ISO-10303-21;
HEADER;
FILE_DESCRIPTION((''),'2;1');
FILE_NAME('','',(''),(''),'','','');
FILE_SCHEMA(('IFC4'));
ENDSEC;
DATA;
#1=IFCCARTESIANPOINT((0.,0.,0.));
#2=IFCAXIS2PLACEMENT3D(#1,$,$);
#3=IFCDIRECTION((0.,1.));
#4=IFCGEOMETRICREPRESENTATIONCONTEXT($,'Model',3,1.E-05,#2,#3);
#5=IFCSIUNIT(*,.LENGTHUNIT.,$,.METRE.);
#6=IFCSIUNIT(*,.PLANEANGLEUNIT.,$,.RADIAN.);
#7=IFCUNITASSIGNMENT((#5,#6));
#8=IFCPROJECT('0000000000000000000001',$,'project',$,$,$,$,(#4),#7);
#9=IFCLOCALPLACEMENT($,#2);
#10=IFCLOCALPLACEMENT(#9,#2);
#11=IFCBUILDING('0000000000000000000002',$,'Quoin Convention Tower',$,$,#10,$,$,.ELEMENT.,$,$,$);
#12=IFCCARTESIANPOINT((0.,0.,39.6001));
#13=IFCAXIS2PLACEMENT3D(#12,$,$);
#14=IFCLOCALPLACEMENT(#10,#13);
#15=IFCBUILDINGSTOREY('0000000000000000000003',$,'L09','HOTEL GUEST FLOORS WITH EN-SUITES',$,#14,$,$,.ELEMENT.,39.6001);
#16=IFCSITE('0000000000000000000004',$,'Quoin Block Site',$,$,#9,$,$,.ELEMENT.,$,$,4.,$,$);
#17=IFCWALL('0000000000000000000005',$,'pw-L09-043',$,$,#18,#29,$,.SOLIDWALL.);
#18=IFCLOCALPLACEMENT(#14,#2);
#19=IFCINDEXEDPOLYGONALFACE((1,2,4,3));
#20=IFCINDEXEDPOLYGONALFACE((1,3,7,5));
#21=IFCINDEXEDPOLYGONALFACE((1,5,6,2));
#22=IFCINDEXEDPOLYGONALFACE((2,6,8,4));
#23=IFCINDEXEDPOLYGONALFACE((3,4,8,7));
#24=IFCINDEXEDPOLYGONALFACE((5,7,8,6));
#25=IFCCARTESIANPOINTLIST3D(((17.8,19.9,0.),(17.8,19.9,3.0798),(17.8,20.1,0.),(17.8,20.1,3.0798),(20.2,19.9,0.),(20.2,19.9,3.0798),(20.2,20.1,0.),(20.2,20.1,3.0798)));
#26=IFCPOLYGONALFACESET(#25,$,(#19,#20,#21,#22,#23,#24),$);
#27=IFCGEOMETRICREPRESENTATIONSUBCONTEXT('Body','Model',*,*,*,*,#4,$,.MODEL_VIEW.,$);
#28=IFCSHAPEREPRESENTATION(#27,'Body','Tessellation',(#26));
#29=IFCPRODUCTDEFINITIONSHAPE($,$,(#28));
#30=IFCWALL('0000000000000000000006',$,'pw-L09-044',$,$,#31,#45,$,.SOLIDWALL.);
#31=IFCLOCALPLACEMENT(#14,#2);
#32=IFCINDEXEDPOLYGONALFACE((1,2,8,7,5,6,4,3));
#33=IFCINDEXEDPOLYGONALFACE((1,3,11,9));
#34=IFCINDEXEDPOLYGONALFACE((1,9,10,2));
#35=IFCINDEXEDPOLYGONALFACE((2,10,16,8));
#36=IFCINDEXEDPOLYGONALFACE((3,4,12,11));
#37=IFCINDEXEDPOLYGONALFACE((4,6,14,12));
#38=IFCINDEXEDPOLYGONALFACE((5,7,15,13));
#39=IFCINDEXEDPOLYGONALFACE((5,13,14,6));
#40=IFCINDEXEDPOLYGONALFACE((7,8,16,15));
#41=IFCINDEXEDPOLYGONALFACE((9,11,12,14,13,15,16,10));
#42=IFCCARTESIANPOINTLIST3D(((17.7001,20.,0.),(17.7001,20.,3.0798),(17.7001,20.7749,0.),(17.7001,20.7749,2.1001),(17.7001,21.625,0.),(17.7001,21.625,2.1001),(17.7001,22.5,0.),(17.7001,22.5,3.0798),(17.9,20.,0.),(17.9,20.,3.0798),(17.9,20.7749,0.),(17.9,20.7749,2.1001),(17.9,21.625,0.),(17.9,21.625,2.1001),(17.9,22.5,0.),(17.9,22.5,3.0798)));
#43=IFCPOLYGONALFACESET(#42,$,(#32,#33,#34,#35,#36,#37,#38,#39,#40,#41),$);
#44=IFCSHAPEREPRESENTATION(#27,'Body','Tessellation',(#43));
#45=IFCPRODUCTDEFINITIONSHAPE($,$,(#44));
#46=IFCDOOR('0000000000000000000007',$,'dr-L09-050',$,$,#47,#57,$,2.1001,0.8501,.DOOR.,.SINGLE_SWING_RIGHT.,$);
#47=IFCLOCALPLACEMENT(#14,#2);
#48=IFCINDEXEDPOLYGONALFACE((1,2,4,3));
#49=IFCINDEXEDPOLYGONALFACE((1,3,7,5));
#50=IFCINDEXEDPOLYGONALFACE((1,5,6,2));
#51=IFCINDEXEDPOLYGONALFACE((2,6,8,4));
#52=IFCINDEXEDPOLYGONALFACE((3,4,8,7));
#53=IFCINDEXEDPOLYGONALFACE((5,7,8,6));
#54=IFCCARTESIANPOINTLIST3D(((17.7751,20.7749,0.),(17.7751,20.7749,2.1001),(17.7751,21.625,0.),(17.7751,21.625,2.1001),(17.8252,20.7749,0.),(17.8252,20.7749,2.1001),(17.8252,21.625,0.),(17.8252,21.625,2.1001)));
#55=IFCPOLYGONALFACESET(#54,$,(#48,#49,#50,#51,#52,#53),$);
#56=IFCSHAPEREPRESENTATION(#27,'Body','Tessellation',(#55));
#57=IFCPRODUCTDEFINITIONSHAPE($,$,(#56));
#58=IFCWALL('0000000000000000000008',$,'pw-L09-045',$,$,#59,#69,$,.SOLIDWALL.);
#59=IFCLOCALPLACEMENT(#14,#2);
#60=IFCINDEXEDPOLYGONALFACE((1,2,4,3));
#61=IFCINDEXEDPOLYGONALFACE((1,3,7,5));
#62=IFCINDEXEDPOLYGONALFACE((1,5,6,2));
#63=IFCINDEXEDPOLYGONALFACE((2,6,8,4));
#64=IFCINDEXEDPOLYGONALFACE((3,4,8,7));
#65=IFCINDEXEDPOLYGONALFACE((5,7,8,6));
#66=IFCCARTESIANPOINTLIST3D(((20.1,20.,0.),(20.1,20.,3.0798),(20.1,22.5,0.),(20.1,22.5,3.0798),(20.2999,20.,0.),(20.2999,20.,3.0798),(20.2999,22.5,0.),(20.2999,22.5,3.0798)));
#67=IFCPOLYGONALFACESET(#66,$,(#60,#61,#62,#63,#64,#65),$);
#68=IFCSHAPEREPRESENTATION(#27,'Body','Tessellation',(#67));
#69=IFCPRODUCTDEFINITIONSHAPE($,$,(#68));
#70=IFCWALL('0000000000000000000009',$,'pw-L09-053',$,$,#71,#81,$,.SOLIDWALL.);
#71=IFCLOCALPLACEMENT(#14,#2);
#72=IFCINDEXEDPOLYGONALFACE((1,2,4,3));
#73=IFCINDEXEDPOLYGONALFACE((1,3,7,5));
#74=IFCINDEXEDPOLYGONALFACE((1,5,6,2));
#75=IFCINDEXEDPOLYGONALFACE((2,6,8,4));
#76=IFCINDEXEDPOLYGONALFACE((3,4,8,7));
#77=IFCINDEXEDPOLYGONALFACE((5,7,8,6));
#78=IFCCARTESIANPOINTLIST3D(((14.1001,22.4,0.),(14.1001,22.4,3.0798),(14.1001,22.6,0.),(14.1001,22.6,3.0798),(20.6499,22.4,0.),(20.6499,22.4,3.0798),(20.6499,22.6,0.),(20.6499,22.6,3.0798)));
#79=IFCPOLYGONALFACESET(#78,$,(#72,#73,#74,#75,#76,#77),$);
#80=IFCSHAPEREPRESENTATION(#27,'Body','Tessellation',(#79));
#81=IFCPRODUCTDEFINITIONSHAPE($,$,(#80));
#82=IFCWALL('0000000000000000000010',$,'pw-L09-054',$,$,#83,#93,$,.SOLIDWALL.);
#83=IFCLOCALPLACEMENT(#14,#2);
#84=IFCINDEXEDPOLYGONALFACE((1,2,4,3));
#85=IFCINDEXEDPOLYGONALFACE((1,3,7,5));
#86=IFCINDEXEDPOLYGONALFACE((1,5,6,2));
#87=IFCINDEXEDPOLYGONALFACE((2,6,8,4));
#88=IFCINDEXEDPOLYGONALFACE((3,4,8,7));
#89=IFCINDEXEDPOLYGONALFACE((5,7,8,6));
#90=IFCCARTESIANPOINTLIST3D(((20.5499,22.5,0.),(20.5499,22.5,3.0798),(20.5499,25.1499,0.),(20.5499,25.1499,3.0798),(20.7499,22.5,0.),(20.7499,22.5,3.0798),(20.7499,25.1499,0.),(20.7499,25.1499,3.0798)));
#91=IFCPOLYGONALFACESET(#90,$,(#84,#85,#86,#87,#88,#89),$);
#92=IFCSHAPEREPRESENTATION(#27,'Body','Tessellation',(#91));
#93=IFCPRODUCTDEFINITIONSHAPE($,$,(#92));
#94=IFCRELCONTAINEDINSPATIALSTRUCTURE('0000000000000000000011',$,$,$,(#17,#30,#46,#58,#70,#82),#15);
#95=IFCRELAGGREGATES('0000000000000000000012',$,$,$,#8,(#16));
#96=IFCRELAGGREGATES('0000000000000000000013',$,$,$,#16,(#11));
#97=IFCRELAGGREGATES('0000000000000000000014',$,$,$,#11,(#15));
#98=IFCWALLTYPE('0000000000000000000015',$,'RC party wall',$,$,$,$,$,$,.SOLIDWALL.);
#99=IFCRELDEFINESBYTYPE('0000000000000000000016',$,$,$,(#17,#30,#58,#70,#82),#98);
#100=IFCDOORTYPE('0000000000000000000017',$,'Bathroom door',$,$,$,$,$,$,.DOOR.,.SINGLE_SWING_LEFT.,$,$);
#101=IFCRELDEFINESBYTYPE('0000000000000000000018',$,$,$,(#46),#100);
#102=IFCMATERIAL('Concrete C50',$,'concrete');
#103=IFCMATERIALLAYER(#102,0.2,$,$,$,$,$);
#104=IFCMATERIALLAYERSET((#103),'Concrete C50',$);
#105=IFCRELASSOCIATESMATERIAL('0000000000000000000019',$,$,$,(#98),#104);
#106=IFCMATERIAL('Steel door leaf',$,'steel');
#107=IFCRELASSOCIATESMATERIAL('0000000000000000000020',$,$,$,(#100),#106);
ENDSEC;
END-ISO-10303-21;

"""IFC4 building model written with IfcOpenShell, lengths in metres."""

from ifc_helpers import new_model, si_unit, direction, frame, frame_2d, origin, place, context, subcontext, project, spatial, rectangle, extrude, material, layer, layer_set, type_object, element, fill, save


model = new_model("IFC4")

# Units and contexts
model_context = context("Model", 3, precision=1e-05, world=origin(), true_north=direction((0.0, 1.0)))
body_context = subcontext(model_context, "Body", "Model", "MODEL_VIEW")
ifc_project = project(units=[si_unit("LENGTHUNIT", "METRE"), si_unit("PLANEANGLEUNIT", "RADIAN")], contexts=[model_context])

# Site, building, storey
site_placement = place(None, origin())
site = spatial("IfcSite", under=ifc_project, at=site_placement, Name="Quoin Block Site", CompositionType="ELEMENT", RefElevation=4.0)
building_placement = place(site_placement, origin())
building = spatial("IfcBuilding", under=site, at=building_placement, Name="Quoin Convention Tower", CompositionType="ELEMENT")
storey_placement = place(building_placement, frame((0.0, 0.0, 39.6001)))
storey = spatial("IfcBuildingStorey", under=building, at=storey_placement, Name="L09", Description="HOTEL GUEST FLOORS WITH EN-SUITES", CompositionType="ELEMENT", Elevation=39.6001)

# Wall
ifc_material_1 = material(Name="Concrete C50", Category="concrete")
ifc_layer_1 = layer(ifc_material_1, 0.2)
ifc_layer_set_1 = layer_set([ifc_layer_1], Name="Concrete C50")
wall_type_1 = type_object("IfcWallType", Name="RC party wall", PredefinedType="SOLIDWALL", material=ifc_layer_set_1)
wall_1_placement = place(storey_placement, frame((17.8, 20.0, 0.0), z_axis=(0.0, 0.0, 1.0), x_axis=(1.0, 0.0, 0.0)))
element("IfcWall", 1, at=wall_1_placement, inside=storey, type_object=wall_type_1, Name="pw-L09-043", PredefinedType="SOLIDWALL", context=body_context, shape_type="SweptSolid", body=[
    extrude(rectangle(XDim=2.3999, YDim=0.2, at=frame_2d((1.2, 0.0))), origin(), (0.0, 0.0, 1.0), 3.0798),
])

# Wall, opening, door
wall_2_placement = place(storey_placement, frame((17.8, 20.0, 0.0), z_axis=(0.0, 0.0, 1.0), x_axis=(0.0, 1.0, 0.0)))
wall_2 = element("IfcWall", 2, at=wall_2_placement, inside=storey, type_object=wall_type_1, Name="pw-L09-044", PredefinedType="SOLIDWALL", context=body_context, shape_type="SweptSolid", body=[
    extrude(rectangle(XDim=2.5, YDim=0.2, at=frame_2d((1.25, 0.0))), origin(), (0.0, 0.0, 1.0), 3.0798),
])
opening_1_placement = place(wall_2_placement, frame((0.7749, 0.0, 0.0)))
opening_1 = element("IfcOpeningElement", 3, at=opening_1_placement, cuts=wall_2, PredefinedType="OPENING", context=body_context, shape_type="SweptSolid", body=[
    extrude(rectangle(XDim=0.8501, YDim=2.1001, at=frame_2d((0.425, 1.05))), frame((0.0, 0.1099, 0.0), z_axis=(0.0, -1.0, 0.0), x_axis=(1.0, 0.0, 0.0)), (0.0, 0.0, 1.0), 0.22),
])
ifc_material_2 = material(Name="Steel door leaf", Category="steel")
door_type_1 = type_object("IfcDoorType", Name="Bathroom door", OperationType="SINGLE_SWING_LEFT", PredefinedType="DOOR", material=ifc_material_2)
door_1_placement = place(opening_1_placement, origin())
door_1 = element("IfcDoor", 4, at=door_1_placement, inside=storey, type_object=door_type_1, Name="dr-L09-050", OperationType="SINGLE_SWING_RIGHT", OverallHeight=2.1001, OverallWidth=0.8501, PredefinedType="DOOR", context=body_context, shape_type="SweptSolid", body=[
    extrude(rectangle(XDim=0.8501, YDim=2.1001, at=frame_2d((0.425, 1.05))), frame((0.0, 0.0249, 0.0), z_axis=(0.0, -1.0, 0.0), x_axis=(1.0, 0.0, 0.0)), (0.0, 0.0, 1.0), 0.05),
])
fill(opening_1, door_1)

# Walls
wall_3_placement = place(storey_placement, frame((20.2, 20.0, 0.0), z_axis=(0.0, 0.0, 1.0), x_axis=(0.0, 1.0, 0.0)))
element("IfcWall", 5, at=wall_3_placement, inside=storey, type_object=wall_type_1, Name="pw-L09-045", PredefinedType="SOLIDWALL", context=body_context, shape_type="SweptSolid", body=[
    extrude(rectangle(XDim=2.5, YDim=0.2, at=frame_2d((1.25, 0.0))), origin(), (0.0, 0.0, 1.0), 3.0798),
])
wall_4_placement = place(storey_placement, frame((14.1001, 22.5, 0.0), z_axis=(0.0, 0.0, 1.0), x_axis=(1.0, 0.0, 0.0)))
element("IfcWall", 6, at=wall_4_placement, inside=storey, type_object=wall_type_1, Name="pw-L09-053", PredefinedType="SOLIDWALL", context=body_context, shape_type="SweptSolid", body=[
    extrude(rectangle(XDim=6.5498, YDim=0.2, at=frame_2d((3.2749, 0.0))), origin(), (0.0, 0.0, 1.0), 3.0798),
])
wall_5_placement = place(storey_placement, frame((20.6499, 22.5, 0.0), z_axis=(0.0, 0.0, 1.0), x_axis=(0.0, 1.0, 0.0)))
element("IfcWall", 7, at=wall_5_placement, inside=storey, type_object=wall_type_1, Name="pw-L09-054", PredefinedType="SOLIDWALL", context=body_context, shape_type="SweptSolid", body=[
    extrude(rectangle(XDim=2.6499, YDim=0.2, at=frame_2d((1.325, 0.0))), origin(), (0.0, 0.0, 1.0), 3.0798),
])

save(model, "model.ifc")
